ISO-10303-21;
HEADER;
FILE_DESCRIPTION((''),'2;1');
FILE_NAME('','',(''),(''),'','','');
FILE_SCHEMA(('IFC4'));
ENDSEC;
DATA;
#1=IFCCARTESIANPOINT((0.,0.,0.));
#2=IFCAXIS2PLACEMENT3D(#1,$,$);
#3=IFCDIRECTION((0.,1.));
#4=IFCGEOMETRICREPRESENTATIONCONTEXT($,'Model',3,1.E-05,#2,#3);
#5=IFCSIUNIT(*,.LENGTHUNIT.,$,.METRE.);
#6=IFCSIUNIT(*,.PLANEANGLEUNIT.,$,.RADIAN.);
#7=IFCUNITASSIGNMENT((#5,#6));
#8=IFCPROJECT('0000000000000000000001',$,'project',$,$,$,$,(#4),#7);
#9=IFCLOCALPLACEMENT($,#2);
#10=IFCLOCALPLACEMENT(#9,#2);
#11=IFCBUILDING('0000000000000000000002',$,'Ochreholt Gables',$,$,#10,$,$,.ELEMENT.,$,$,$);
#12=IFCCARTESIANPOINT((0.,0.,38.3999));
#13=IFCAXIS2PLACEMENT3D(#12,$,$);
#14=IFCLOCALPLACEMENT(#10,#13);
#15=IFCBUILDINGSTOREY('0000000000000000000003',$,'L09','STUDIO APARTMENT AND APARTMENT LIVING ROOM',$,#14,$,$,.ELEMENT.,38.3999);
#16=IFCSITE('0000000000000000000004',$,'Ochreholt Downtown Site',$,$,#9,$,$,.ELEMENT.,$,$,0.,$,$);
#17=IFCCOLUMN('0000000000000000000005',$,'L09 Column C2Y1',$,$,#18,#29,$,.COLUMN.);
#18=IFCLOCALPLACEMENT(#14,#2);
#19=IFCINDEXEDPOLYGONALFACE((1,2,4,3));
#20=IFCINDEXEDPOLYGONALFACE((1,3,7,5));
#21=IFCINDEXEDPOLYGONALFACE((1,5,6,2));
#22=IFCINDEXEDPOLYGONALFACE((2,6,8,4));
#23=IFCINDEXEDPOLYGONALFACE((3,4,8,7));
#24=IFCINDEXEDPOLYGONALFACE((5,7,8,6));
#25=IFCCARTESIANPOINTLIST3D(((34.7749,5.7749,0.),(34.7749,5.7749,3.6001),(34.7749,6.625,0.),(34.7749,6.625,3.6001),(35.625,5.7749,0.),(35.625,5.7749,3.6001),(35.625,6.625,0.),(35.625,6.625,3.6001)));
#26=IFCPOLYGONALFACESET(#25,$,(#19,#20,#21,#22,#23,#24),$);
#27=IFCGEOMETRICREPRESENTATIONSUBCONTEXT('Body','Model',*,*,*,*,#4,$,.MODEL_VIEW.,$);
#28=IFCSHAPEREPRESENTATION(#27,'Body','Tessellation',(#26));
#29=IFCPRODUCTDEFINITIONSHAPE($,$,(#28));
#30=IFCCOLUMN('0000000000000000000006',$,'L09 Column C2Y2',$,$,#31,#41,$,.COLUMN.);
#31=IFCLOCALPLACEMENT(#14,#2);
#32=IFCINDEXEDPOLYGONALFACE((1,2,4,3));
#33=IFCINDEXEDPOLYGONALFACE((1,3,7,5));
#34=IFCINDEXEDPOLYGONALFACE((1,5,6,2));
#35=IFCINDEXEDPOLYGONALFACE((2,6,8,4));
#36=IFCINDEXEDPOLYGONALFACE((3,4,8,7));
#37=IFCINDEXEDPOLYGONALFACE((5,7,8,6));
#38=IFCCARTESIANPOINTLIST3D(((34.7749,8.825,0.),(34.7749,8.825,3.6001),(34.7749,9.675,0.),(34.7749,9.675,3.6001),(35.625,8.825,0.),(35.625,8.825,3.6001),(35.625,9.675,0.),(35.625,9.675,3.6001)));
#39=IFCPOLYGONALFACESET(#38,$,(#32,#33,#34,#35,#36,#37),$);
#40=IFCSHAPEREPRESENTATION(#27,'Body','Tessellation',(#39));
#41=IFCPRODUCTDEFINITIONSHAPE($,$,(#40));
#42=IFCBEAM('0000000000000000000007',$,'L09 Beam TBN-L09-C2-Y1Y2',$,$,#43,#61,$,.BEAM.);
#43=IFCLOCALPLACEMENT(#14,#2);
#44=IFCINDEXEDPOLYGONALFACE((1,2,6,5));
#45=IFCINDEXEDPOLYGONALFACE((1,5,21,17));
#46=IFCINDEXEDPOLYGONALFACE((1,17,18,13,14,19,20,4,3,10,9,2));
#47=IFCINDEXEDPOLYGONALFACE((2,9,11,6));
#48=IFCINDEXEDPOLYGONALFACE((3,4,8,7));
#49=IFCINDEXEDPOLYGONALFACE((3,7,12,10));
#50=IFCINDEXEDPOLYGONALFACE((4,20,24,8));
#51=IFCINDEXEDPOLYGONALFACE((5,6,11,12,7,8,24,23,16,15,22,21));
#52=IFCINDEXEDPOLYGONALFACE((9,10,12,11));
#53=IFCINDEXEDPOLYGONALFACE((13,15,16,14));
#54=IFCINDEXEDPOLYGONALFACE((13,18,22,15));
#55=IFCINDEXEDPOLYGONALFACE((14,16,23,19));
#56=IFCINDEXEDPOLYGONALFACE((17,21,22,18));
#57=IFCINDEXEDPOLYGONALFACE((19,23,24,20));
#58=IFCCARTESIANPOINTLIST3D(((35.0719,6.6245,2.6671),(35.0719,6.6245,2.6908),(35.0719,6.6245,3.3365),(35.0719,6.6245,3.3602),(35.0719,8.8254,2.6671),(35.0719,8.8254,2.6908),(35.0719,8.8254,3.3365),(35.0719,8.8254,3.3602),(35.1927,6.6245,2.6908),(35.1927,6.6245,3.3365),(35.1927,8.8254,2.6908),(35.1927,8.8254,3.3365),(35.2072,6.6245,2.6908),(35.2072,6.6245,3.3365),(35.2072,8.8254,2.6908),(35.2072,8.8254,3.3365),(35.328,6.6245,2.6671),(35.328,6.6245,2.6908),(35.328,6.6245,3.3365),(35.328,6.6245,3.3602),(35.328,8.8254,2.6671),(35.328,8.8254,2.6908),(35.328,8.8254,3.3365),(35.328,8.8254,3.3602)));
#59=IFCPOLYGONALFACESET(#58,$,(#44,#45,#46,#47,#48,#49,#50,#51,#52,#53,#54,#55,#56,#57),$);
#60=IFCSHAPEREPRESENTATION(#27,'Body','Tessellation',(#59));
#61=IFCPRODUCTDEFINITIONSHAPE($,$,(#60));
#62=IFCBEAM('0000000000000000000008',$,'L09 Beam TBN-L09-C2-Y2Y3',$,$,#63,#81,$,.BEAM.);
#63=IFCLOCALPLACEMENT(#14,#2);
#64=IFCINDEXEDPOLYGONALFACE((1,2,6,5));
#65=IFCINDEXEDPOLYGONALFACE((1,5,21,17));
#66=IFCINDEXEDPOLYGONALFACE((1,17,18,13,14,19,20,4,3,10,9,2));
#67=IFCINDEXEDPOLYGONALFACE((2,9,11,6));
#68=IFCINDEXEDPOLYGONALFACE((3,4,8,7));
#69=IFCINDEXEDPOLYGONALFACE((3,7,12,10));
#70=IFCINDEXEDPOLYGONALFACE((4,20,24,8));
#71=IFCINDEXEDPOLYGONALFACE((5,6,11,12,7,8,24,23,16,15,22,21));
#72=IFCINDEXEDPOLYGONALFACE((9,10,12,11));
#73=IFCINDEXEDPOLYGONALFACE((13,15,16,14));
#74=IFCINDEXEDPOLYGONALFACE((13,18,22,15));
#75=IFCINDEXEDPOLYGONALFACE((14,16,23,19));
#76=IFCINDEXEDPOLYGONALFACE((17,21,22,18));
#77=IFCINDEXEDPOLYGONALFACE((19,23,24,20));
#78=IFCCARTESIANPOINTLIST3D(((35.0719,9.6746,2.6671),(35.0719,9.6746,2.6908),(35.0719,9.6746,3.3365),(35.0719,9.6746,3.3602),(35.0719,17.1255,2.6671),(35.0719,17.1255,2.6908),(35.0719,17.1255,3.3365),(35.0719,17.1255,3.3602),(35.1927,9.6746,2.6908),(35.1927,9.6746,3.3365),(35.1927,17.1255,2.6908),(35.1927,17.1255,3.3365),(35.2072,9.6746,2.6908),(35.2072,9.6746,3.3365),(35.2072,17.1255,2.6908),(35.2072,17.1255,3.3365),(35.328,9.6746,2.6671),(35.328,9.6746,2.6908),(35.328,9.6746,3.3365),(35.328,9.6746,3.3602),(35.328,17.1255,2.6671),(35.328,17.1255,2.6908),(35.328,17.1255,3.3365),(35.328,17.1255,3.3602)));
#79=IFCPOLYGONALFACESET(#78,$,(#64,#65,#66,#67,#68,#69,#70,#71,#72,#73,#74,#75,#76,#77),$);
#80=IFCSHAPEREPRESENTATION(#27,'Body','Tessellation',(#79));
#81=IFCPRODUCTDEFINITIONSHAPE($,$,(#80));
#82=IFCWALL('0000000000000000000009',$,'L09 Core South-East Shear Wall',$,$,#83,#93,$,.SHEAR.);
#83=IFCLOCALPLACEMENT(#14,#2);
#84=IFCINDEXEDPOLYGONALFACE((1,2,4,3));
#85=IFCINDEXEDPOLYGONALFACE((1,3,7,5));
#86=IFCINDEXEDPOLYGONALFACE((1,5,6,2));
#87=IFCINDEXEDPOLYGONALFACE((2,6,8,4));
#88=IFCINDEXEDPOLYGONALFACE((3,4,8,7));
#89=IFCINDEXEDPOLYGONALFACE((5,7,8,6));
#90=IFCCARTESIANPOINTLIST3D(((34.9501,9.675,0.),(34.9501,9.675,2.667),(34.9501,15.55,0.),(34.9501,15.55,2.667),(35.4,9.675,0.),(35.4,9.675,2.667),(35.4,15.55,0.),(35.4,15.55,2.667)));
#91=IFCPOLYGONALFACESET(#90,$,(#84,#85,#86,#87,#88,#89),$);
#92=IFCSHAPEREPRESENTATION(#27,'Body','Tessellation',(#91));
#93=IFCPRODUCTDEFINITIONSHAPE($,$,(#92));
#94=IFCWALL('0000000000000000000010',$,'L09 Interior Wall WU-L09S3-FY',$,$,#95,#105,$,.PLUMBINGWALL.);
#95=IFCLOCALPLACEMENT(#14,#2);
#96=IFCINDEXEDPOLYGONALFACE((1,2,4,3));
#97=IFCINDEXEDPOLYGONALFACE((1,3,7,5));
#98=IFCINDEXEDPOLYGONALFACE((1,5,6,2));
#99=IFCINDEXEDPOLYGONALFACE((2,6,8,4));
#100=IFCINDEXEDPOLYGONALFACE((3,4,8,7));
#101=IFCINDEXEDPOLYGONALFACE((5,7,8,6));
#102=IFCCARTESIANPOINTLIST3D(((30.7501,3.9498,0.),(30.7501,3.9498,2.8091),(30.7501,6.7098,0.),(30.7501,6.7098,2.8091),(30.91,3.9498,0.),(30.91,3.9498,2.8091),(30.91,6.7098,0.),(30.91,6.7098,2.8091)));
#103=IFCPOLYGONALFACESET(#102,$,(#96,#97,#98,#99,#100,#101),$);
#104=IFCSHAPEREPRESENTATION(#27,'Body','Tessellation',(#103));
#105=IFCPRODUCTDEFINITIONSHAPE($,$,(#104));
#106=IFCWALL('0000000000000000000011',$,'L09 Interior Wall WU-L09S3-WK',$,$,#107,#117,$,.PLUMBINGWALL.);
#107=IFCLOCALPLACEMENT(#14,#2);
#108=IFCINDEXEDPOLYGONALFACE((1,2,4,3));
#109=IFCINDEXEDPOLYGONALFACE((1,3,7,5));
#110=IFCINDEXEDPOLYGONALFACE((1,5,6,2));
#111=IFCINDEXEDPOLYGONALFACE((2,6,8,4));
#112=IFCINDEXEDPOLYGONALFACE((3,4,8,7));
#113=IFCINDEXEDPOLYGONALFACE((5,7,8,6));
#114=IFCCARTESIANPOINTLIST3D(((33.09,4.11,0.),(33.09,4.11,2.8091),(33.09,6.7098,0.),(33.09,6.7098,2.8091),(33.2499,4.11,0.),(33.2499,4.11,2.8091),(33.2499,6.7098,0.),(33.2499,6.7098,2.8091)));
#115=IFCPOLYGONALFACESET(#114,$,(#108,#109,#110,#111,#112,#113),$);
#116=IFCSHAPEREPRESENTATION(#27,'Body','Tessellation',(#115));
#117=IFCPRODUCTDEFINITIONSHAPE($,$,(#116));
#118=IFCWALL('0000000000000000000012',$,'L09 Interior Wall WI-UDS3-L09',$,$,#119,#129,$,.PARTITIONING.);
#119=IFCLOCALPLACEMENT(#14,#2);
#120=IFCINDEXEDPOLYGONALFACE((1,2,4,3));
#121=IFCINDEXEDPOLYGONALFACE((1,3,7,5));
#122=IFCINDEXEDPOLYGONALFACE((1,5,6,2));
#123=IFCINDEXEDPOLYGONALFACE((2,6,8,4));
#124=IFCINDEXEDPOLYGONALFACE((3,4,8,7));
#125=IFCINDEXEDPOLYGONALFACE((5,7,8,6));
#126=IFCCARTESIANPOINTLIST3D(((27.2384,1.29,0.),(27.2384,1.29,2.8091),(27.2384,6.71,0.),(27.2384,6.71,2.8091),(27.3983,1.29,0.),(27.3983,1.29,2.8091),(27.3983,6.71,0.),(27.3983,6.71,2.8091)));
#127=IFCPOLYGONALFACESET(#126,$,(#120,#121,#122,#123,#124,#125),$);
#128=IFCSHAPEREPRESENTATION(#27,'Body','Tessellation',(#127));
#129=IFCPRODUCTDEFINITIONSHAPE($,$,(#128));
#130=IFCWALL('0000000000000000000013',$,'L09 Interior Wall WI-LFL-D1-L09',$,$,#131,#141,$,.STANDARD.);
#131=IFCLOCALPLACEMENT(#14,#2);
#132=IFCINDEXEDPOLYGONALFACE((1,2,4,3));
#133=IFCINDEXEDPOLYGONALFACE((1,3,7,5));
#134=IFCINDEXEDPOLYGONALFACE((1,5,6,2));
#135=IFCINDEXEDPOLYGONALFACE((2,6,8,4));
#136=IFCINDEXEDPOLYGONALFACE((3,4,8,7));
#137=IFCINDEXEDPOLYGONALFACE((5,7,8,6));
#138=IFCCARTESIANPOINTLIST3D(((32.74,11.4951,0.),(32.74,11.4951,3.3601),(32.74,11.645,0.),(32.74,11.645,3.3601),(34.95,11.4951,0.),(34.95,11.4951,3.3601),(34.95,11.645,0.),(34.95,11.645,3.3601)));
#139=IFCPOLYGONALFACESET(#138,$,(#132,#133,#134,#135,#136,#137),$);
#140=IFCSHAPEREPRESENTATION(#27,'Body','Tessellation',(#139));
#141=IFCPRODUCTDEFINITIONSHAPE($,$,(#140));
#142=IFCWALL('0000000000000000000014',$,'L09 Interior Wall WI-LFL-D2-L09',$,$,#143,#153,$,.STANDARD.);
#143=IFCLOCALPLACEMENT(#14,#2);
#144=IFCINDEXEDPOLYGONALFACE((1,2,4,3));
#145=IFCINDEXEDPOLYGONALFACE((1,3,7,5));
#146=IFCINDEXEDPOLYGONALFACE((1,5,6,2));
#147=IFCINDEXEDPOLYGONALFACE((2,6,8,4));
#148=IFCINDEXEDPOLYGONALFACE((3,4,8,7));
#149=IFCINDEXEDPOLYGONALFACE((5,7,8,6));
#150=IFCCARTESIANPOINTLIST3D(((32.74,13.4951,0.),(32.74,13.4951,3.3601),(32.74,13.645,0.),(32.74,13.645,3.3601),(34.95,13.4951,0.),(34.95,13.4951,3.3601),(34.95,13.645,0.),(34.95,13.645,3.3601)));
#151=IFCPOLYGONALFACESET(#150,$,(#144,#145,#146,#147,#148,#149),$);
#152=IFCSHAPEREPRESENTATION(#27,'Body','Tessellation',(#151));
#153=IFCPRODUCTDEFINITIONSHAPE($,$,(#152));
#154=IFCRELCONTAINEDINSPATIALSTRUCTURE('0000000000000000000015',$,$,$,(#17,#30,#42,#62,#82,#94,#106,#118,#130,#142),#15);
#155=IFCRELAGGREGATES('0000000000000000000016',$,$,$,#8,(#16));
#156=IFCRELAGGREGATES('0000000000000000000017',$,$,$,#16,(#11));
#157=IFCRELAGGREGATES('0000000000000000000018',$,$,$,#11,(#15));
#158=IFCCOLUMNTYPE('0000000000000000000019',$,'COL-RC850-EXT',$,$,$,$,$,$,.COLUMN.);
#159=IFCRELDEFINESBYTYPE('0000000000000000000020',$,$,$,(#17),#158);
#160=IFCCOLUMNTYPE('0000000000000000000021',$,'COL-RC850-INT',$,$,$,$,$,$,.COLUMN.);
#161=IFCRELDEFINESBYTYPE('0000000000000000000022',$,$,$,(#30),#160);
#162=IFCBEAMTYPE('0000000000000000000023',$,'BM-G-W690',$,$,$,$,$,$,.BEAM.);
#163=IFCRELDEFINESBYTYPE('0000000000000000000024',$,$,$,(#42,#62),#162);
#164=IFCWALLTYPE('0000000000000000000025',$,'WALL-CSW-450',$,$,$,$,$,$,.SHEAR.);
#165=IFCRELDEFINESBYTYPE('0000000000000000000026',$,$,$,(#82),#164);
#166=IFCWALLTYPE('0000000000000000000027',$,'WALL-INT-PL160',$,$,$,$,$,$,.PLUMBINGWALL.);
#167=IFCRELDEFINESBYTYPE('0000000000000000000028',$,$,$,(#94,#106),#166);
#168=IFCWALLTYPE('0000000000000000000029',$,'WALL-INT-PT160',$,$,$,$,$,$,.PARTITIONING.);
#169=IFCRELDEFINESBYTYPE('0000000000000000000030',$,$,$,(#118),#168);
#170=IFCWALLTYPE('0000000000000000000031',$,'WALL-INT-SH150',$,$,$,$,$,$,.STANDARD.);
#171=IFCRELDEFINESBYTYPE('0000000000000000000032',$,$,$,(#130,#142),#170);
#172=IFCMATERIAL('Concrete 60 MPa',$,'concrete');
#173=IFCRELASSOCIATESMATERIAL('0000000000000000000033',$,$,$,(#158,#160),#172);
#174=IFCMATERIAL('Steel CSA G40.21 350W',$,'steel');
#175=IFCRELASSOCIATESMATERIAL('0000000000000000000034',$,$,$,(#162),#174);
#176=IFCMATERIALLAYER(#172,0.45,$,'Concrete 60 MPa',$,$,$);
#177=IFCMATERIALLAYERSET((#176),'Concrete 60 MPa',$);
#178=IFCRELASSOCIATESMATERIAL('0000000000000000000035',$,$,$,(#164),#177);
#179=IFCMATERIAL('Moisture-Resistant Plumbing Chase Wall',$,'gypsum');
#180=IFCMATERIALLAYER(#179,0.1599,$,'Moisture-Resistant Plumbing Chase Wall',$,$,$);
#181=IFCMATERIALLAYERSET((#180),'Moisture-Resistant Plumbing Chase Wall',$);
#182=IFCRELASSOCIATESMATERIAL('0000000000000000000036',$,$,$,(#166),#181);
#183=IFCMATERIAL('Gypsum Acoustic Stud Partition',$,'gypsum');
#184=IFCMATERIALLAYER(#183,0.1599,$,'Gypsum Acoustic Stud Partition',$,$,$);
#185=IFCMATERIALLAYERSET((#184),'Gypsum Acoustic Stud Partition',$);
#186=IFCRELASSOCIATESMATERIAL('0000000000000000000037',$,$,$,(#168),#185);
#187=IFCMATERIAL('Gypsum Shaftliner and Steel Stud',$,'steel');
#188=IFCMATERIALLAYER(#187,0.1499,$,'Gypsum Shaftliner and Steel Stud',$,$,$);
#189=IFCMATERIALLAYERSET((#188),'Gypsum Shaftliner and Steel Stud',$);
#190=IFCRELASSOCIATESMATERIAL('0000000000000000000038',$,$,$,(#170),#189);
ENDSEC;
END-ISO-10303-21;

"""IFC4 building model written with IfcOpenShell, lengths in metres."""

from ifc_helpers import new_model, si_unit, direction, frame, frame_2d, origin, origin_2d, place, context, subcontext, project, spatial, rectangle, i_section, extrude, material, layer, layer_set, material_profile, profile_set, type_object, element, save


model = new_model("IFC4")

# Units and contexts
model_context = context("Model", 3, precision=1e-05, world=origin(), true_north=direction((0.0, 1.0)))
body_context = subcontext(model_context, "Body", "Model", "MODEL_VIEW")
ifc_project = project(units=[si_unit("LENGTHUNIT", "METRE"), si_unit("PLANEANGLEUNIT", "RADIAN")], contexts=[model_context])

# Site, building, storey
site_placement = place(None, origin())
site = spatial("IfcSite", under=ifc_project, at=site_placement, Name="Ochreholt Downtown Site", CompositionType="ELEMENT", RefElevation=0.0)
building_placement = place(site_placement, origin())
building = spatial("IfcBuilding", under=site, at=building_placement, Name="Ochreholt Gables", CompositionType="ELEMENT")
storey_placement = place(building_placement, frame((0.0, 0.0, 38.3999)))
storey = spatial("IfcBuildingStorey", under=building, at=storey_placement, Name="L09", Description="STUDIO APARTMENT AND APARTMENT LIVING ROOM", CompositionType="ELEMENT", Elevation=38.3999)

# Columns
ifc_material_1 = material(Name="Concrete 60 MPa", Category="concrete")
ifc_material_profile_1 = material_profile(ifc_material_1, rectangle(XDim=0.8501, YDim=0.8501, at=origin_2d()), Name="RC850X850")
ifc_profile_set_1 = profile_set([ifc_material_profile_1], Name="Concrete 60 MPa")
column_type_1 = type_object("IfcColumnType", Name="COL-RC850-EXT", PredefinedType="COLUMN", material=ifc_profile_set_1)
column_1_placement = place(storey_placement, frame((35.2, 6.2, 0.0), z_axis=(0.0, 0.0, 1.0), x_axis=(1.0, 0.0, 0.0)))
element("IfcColumn", 1, at=column_1_placement, inside=storey, type_object=column_type_1, Name="L09 Column C2Y1", PredefinedType="COLUMN", context=body_context, shape_type="SweptSolid", body=[
    extrude(rectangle(XDim=0.8501, YDim=0.8501, at=origin_2d()), origin(), (0.0, 0.0, 1.0), 3.6001),
])
ifc_material_profile_2 = material_profile(ifc_material_1, rectangle(XDim=0.8501, YDim=0.8501, at=origin_2d()), Name="RC850X850")
ifc_profile_set_2 = profile_set([ifc_material_profile_2], Name="Concrete 60 MPa")
column_type_2 = type_object("IfcColumnType", Name="COL-RC850-INT", PredefinedType="COLUMN", material=ifc_profile_set_2)
column_2_placement = place(storey_placement, frame((35.2, 9.25, 0.0), z_axis=(0.0, 0.0, 1.0), x_axis=(1.0, 0.0, 0.0)))
element("IfcColumn", 2, at=column_2_placement, inside=storey, type_object=column_type_2, Name="L09 Column C2Y2", PredefinedType="COLUMN", context=body_context, shape_type="SweptSolid", body=[
    extrude(rectangle(XDim=0.8501, YDim=0.8501, at=origin_2d()), origin(), (0.0, 0.0, 1.0), 3.6001),
])

# Beams
ifc_material_2 = material(Name="Steel CSA G40.21 350W", Category="steel")
ifc_material_profile_3 = material_profile(ifc_material_2, i_section(OverallWidth=0.2561, OverallDepth=0.6931, WebThickness=0.0144, FlangeThickness=0.0237, at=origin_2d()), Name="W690X170")
ifc_profile_set_3 = profile_set([ifc_material_profile_3], Name="Steel CSA G40.21 350W")
beam_type = type_object("IfcBeamType", Name="BM-G-W690", PredefinedType="BEAM", material=ifc_profile_set_3)
beam_1_placement = place(storey_placement, frame((35.2, 6.6245, 3.0137), z_axis=(0.0, 1.0, 0.0), x_axis=(-1.0, 0.0, 0.0)))
element("IfcBeam", 3, at=beam_1_placement, inside=storey, type_object=beam_type, Name="L09 Beam TBN-L09-C2-Y1Y2", PredefinedType="BEAM", context=body_context, shape_type="SweptSolid", body=[
    extrude(i_section(OverallWidth=0.2561, OverallDepth=0.6931, WebThickness=0.0144, FlangeThickness=0.0237, at=origin_2d()), origin(), (0.0, 0.0, 1.0), 2.2009),
])
beam_2_placement = place(storey_placement, frame((35.2, 9.6746, 3.0137), z_axis=(0.0, 1.0, 0.0), x_axis=(-1.0, 0.0, 0.0)))
element("IfcBeam", 4, at=beam_2_placement, inside=storey, type_object=beam_type, Name="L09 Beam TBN-L09-C2-Y2Y3", PredefinedType="BEAM", context=body_context, shape_type="SweptSolid", body=[
    extrude(i_section(OverallWidth=0.2561, OverallDepth=0.6931, WebThickness=0.0144, FlangeThickness=0.0237, at=origin_2d()), origin(), (0.0, 0.0, 1.0), 7.4509),
])

# Wall
ifc_layer_1 = layer(ifc_material_1, 0.45, Name="Concrete 60 MPa")
ifc_layer_set_1 = layer_set([ifc_layer_1], Name="Concrete 60 MPa")
wall_type_1 = type_object("IfcWallType", Name="WALL-CSW-450", PredefinedType="SHEAR", material=ifc_layer_set_1)
wall_1_placement = place(storey_placement, frame((35.175, 9.675, 0.0), z_axis=(0.0, 0.0, 1.0), x_axis=(0.0, 1.0, 0.0)))
element("IfcWall", 5, at=wall_1_placement, inside=storey, type_object=wall_type_1, Name="L09 Core South-East Shear Wall", PredefinedType="SHEAR", context=body_context, shape_type="SweptSolid", body=[
    extrude(rectangle(XDim=5.875, YDim=0.45, at=frame_2d((2.9375, 0.0))), origin(), (0.0, 0.0, 1.0), 2.667),
])

# Shared definitions
ifc_material_3 = material(Name="Moisture-Resistant Plumbing Chase Wall", Category="gypsum")
ifc_layer_2 = layer(ifc_material_3, 0.1599, Name="Moisture-Resistant Plumbing Chase Wall")
ifc_layer_set_2 = layer_set([ifc_layer_2], Name="Moisture-Resistant Plumbing Chase Wall")
wall_type_2 = type_object("IfcWallType", Name="WALL-INT-PL160", PredefinedType="PLUMBINGWALL", material=ifc_layer_set_2)

# Walls
wall_2_placement = place(storey_placement, frame((30.8301, 3.95, 0.0), z_axis=(0.0, 0.0, 1.0), x_axis=(0.0, 1.0, 0.0)))
element("IfcWall", 6, at=wall_2_placement, inside=storey, type_object=wall_type_2, Name="L09 Interior Wall WU-L09S3-FY", PredefinedType="PLUMBINGWALL", context=body_context, shape_type="SweptSolid", body=[
    extrude(rectangle(XDim=2.76, YDim=0.1599, at=frame_2d((1.3799, 0.0))), origin(), (0.0, 0.0, 1.0), 2.8091),
])
wall_3_placement = place(storey_placement, frame((33.1699, 4.1101, 0.0), z_axis=(0.0, 0.0, 1.0), x_axis=(0.0, 1.0, 0.0)))
element("IfcWall", 7, at=wall_3_placement, inside=storey, type_object=wall_type_2, Name="L09 Interior Wall WU-L09S3-WK", PredefinedType="PLUMBINGWALL", context=body_context, shape_type="SweptSolid", body=[
    extrude(rectangle(XDim=2.5999, YDim=0.1599, at=frame_2d((1.2998, 0.0))), origin(), (0.0, 0.0, 1.0), 2.8091),
])
ifc_material_4 = material(Name="Gypsum Acoustic Stud Partition", Category="gypsum")
ifc_layer_3 = layer(ifc_material_4, 0.1599, Name="Gypsum Acoustic Stud Partition")
ifc_layer_set_3 = layer_set([ifc_layer_3], Name="Gypsum Acoustic Stud Partition")
wall_type_3 = type_object("IfcWallType", Name="WALL-INT-PT160", PredefinedType="PARTITIONING", material=ifc_layer_set_3)
wall_4_placement = place(storey_placement, frame((27.3184, 1.29, 0.0), z_axis=(0.0, 0.0, 1.0), x_axis=(0.0, 1.0, 0.0)))
element("IfcWall", 8, at=wall_4_placement, inside=storey, type_object=wall_type_3, Name="L09 Interior Wall WI-UDS3-L09", PredefinedType="PARTITIONING", context=body_context, shape_type="SweptSolid", body=[
    extrude(rectangle(XDim=5.4199, YDim=0.1599, at=frame_2d((2.71, 0.0))), origin(), (0.0, 0.0, 1.0), 2.8091),
])
ifc_material_5 = material(Name="Gypsum Shaftliner and Steel Stud", Category="steel")
ifc_layer_4 = layer(ifc_material_5, 0.1499, Name="Gypsum Shaftliner and Steel Stud")
ifc_layer_set_4 = layer_set([ifc_layer_4], Name="Gypsum Shaftliner and Steel Stud")
wall_type_4 = type_object("IfcWallType", Name="WALL-INT-SH150", PredefinedType="STANDARD", material=ifc_layer_set_4)
for number, where, z_axis, x_axis, name in (
    (9, (32.74, 11.5701, 0.0), (0.0, 0.0, 1.0), (1.0, 0.0, 0.0), "L09 Interior Wall WI-LFL-D1-L09"),
    (10, (32.74, 13.5701, 0.0), (0.0, 0.0, 1.0), (1.0, 0.0, 0.0), "L09 Interior Wall WI-LFL-D2-L09"),
):
    element("IfcWall", number, at=place(storey_placement, frame(where, z_axis=z_axis, x_axis=x_axis)), inside=storey, type_object=wall_type_4, Name=name, PredefinedType="STANDARD", context=body_context, shape_type="SweptSolid", body=[
        extrude(rectangle(XDim=2.21, YDim=0.1499, at=frame_2d((1.105, 0.0))), origin(), (0.0, 0.0, 1.0), 3.3601),
    ])

save(model, "model.ifc")
